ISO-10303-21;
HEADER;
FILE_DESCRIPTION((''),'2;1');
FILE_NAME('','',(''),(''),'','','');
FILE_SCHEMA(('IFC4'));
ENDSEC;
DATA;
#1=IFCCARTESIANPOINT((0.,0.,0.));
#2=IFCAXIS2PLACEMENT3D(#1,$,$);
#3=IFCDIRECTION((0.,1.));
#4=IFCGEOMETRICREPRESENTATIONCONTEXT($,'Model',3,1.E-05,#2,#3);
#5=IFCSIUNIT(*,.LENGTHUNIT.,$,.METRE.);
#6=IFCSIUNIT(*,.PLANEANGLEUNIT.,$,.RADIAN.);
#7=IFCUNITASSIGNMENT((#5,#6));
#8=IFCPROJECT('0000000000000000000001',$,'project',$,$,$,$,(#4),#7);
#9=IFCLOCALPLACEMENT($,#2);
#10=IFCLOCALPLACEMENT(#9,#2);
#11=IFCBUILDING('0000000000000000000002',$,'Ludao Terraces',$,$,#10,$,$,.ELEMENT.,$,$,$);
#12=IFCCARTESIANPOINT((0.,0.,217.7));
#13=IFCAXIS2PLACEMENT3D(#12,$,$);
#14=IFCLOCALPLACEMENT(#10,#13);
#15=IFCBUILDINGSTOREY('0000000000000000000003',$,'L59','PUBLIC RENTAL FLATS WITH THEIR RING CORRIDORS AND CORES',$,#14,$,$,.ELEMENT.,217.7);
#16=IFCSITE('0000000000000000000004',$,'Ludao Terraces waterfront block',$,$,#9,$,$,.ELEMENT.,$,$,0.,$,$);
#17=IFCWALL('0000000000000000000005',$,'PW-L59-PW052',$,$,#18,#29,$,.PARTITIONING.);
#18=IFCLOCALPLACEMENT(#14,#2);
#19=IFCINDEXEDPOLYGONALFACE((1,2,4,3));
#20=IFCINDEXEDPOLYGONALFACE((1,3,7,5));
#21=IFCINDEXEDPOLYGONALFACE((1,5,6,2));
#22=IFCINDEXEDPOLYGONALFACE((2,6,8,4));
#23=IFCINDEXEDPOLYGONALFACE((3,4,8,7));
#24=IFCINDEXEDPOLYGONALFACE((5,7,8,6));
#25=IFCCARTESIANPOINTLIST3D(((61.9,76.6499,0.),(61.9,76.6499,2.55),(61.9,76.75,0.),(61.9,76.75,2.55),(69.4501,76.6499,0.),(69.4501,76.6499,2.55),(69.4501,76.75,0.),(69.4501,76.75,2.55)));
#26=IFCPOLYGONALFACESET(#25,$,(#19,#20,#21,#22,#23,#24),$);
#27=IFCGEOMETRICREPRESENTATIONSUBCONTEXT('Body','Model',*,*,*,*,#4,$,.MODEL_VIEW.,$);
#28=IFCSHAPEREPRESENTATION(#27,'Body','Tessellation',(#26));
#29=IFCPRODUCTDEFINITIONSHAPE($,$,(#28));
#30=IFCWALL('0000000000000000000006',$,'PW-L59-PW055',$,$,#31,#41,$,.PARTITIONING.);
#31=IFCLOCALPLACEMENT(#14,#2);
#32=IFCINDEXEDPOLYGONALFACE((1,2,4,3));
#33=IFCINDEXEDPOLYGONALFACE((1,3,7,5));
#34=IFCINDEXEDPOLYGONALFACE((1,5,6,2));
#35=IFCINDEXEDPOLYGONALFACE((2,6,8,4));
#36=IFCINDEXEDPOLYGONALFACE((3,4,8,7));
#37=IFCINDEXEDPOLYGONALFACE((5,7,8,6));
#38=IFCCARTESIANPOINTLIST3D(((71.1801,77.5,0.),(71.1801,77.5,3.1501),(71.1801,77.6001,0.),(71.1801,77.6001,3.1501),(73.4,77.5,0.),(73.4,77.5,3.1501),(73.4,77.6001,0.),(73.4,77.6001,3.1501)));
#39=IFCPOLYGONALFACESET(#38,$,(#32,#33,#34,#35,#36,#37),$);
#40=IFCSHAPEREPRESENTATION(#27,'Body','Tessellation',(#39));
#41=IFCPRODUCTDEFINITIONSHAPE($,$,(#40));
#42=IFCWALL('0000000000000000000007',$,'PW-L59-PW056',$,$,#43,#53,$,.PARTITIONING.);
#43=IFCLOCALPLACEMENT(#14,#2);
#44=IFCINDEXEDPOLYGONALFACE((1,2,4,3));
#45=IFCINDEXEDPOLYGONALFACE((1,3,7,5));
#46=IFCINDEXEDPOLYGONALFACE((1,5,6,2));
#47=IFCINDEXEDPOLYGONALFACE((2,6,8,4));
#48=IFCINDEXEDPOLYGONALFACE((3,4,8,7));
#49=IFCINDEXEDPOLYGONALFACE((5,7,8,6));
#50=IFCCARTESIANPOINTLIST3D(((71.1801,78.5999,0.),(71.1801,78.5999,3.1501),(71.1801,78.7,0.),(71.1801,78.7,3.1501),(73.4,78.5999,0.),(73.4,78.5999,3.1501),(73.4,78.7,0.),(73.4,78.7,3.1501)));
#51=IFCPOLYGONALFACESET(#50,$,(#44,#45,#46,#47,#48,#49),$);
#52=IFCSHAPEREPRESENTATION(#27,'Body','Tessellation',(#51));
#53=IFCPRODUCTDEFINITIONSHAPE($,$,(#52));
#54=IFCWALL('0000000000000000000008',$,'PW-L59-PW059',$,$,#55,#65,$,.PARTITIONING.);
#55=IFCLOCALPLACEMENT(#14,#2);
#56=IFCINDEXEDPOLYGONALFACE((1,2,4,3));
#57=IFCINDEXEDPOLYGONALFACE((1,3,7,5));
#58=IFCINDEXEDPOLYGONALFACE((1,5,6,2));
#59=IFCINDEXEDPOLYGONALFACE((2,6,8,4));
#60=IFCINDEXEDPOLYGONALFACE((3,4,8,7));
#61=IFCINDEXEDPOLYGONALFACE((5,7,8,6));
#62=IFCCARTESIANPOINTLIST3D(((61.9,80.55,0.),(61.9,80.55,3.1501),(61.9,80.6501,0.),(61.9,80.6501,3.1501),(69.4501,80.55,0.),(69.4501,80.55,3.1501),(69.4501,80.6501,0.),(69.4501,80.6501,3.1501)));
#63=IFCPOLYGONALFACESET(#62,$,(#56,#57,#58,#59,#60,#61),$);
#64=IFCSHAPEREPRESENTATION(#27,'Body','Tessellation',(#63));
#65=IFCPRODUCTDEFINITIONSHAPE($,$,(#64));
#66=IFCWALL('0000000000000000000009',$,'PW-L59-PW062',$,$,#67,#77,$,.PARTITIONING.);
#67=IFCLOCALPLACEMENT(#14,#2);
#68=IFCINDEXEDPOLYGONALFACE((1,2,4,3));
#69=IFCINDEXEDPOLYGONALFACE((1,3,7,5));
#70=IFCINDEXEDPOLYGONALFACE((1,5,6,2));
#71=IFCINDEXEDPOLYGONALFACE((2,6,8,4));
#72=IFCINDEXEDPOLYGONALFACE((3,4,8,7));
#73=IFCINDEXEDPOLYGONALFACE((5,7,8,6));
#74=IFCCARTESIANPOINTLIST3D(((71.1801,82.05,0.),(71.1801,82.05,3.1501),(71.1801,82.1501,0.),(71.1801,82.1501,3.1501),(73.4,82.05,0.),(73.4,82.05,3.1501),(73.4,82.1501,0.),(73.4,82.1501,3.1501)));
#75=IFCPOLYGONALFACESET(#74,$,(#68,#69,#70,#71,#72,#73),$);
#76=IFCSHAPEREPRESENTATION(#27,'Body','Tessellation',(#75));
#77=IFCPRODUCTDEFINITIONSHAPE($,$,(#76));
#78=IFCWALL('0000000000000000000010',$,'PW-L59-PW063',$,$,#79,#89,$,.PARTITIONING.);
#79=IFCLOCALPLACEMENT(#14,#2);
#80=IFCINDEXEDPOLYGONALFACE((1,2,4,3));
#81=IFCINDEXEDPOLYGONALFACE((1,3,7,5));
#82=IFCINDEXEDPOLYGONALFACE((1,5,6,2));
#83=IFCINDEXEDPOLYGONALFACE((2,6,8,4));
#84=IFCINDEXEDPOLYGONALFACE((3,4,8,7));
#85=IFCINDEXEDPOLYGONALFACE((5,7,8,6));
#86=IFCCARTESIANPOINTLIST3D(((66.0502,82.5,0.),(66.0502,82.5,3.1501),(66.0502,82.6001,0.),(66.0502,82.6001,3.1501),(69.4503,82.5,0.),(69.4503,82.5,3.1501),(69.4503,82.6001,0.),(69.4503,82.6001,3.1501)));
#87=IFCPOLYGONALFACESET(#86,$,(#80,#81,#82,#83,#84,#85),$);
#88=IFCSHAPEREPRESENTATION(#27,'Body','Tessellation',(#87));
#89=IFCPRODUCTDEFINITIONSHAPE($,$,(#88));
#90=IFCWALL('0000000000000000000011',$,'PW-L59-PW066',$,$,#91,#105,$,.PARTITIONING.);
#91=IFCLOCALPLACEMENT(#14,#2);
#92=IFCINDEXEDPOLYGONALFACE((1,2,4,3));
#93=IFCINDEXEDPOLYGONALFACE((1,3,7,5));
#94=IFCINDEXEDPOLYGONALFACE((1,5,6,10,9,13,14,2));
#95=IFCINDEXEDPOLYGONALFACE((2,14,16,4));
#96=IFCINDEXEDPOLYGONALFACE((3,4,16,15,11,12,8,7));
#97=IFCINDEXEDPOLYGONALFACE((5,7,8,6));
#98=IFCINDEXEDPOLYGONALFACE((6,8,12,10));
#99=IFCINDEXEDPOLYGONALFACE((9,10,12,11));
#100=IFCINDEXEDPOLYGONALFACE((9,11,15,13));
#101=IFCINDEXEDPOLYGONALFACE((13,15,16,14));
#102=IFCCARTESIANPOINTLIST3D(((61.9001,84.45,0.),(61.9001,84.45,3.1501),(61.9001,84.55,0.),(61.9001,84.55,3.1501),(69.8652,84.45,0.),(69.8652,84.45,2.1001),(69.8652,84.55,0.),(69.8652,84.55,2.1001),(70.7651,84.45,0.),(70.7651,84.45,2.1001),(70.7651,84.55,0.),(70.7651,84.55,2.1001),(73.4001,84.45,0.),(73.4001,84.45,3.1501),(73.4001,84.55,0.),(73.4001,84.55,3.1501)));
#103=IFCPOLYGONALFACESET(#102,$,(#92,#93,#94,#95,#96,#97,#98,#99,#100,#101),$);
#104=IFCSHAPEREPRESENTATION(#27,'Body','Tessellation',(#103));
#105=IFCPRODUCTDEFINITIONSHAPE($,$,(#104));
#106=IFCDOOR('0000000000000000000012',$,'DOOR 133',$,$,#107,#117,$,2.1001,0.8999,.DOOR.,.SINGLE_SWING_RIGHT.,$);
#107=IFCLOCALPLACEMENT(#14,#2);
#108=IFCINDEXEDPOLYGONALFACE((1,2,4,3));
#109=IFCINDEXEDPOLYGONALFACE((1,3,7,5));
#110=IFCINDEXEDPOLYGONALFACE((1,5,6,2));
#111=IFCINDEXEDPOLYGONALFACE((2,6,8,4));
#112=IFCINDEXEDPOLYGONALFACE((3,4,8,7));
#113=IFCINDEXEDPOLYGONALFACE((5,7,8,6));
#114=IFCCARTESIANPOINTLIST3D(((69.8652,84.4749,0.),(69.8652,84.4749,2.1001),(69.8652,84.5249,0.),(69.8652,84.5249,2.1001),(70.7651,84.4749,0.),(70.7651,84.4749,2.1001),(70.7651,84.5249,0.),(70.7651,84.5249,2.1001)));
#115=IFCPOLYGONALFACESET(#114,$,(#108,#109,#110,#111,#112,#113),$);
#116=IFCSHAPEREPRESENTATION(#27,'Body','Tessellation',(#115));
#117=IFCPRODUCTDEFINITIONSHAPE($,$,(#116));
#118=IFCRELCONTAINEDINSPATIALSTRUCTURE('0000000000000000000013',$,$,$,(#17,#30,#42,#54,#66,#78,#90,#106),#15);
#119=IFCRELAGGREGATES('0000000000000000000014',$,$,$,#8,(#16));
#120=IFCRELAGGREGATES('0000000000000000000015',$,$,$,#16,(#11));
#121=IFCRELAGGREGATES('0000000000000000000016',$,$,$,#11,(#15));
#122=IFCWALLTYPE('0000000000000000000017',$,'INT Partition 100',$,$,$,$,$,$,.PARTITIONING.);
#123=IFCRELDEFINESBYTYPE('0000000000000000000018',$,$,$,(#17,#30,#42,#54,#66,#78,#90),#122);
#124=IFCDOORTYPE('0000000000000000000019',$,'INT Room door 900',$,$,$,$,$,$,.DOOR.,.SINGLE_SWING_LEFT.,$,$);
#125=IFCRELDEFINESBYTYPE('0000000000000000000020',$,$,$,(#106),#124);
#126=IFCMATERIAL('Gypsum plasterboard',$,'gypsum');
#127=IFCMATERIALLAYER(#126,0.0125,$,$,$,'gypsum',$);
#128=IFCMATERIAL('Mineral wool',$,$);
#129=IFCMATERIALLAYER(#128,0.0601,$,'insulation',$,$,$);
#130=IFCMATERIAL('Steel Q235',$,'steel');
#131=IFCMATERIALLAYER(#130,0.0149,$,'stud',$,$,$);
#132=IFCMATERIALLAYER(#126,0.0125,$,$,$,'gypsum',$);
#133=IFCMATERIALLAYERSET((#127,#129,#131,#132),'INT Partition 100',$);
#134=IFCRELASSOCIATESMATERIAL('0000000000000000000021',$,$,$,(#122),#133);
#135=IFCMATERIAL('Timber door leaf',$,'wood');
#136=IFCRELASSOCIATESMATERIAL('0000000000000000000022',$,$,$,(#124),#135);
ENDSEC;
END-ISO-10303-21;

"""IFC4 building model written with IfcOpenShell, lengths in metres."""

from ifc_helpers import new_model, si_unit, direction, frame, frame_2d, origin, place, context, subcontext, project, spatial, rectangle, extrude, material, layer, layer_set, type_object, element, fill, save


model = new_model("IFC4")

# Units and contexts
model_context = context("Model", 3, precision=1e-05, world=origin(), true_north=direction((0.0, 1.0)))
body_context = subcontext(model_context, "Body", "Model", "MODEL_VIEW")
ifc_project = project(units=[si_unit("LENGTHUNIT", "METRE"), si_unit("PLANEANGLEUNIT", "RADIAN")], contexts=[model_context])

# Site, building, storey
site_placement = place(None, origin())
site = spatial("IfcSite", under=ifc_project, at=site_placement, Name="Ludao Terraces waterfront block", CompositionType="ELEMENT", RefElevation=0.0)
building_placement = place(site_placement, origin())
building = spatial("IfcBuilding", under=site, at=building_placement, Name="Ludao Terraces", CompositionType="ELEMENT")
storey_placement = place(building_placement, frame((0.0, 0.0, 217.7)))
storey = spatial("IfcBuildingStorey", under=building, at=storey_placement, Name="L59", Description="PUBLIC RENTAL FLATS WITH THEIR RING CORRIDORS AND CORES", CompositionType="ELEMENT", Elevation=217.7)

# Shared definitions
ifc_material_1 = material(Name="Mineral wool")

# Walls
ifc_material_2 = material(Name="Gypsum plasterboard", Category="gypsum")
ifc_layer_1 = layer(ifc_material_2, 0.0125, Category="gypsum")
ifc_layer_2 = layer(ifc_material_1, 0.0601, Name="insulation")
ifc_material_3 = material(Name="Steel Q235", Category="steel")
ifc_layer_3 = layer(ifc_material_3, 0.0149, Name="stud")
ifc_layer_4 = layer(ifc_material_2, 0.0125, Category="gypsum")
ifc_layer_set_1 = layer_set([ifc_layer_1, ifc_layer_2, ifc_layer_3, ifc_layer_4], Name="INT Partition 100")
wall_type_1 = type_object("IfcWallType", Name="INT Partition 100", PredefinedType="PARTITIONING", material=ifc_layer_set_1)
wall_1_placement = place(storey_placement, frame((61.9001, 76.7, 0.0), z_axis=(0.0, 0.0, 1.0), x_axis=(1.0, 0.0, 0.0)))
element("IfcWall", 1, at=wall_1_placement, inside=storey, type_object=wall_type_1, Name="PW-L59-PW052", PredefinedType="PARTITIONING", context=body_context, shape_type="SweptSolid", body=[
    extrude(rectangle(XDim=7.55, YDim=0.1001, at=frame_2d((3.7749, 0.0))), origin(), (0.0, 0.0, 1.0), 2.55),
])
for number, where, z_axis, x_axis, name in (
    (2, (71.1802, 77.55, 0.0), (0.0, 0.0, 1.0), (1.0, 0.0, 0.0), "PW-L59-PW055"),
    (3, (71.1802, 78.6499, 0.0), (0.0, 0.0, 1.0), (1.0, 0.0, 0.0), "PW-L59-PW056"),
):
    element("IfcWall", number, at=place(storey_placement, frame(where, z_axis=z_axis, x_axis=x_axis)), inside=storey, type_object=wall_type_1, Name=name, PredefinedType="PARTITIONING", context=body_context, shape_type="SweptSolid", body=[
        extrude(rectangle(XDim=2.22, YDim=0.1001, at=frame_2d((1.1099, 0.0))), origin(), (0.0, 0.0, 1.0), 3.1501),
    ])
wall_2_placement = place(storey_placement, frame((61.9001, 80.6001, 0.0), z_axis=(0.0, 0.0, 1.0), x_axis=(1.0, 0.0, 0.0)))
element("IfcWall", 4, at=wall_2_placement, inside=storey, type_object=wall_type_1, Name="PW-L59-PW059", PredefinedType="PARTITIONING", context=body_context, shape_type="SweptSolid", body=[
    extrude(rectangle(XDim=7.55, YDim=0.1001, at=frame_2d((3.7749, 0.0))), origin(), (0.0, 0.0, 1.0), 3.1501),
])
wall_3_placement = place(storey_placement, frame((71.1802, 82.1001, 0.0), z_axis=(0.0, 0.0, 1.0), x_axis=(1.0, 0.0, 0.0)))
element("IfcWall", 5, at=wall_3_placement, inside=storey, type_object=wall_type_1, Name="PW-L59-PW062", PredefinedType="PARTITIONING", context=body_context, shape_type="SweptSolid", body=[
    extrude(rectangle(XDim=2.22, YDim=0.1001, at=frame_2d((1.1099, 0.0))), origin(), (0.0, 0.0, 1.0), 3.1501),
])
wall_4_placement = place(storey_placement, frame((66.05, 82.55, 0.0), z_axis=(0.0, 0.0, 1.0), x_axis=(1.0, 0.0, 0.0)))
element("IfcWall", 6, at=wall_4_placement, inside=storey, type_object=wall_type_1, Name="PW-L59-PW063", PredefinedType="PARTITIONING", context=body_context, shape_type="SweptSolid", body=[
    extrude(rectangle(XDim=3.4001, YDim=0.1001, at=frame_2d((1.7002, 0.0))), origin(), (0.0, 0.0, 1.0), 3.1501),
])

# Wall, opening, door
wall_5_placement = place(storey_placement, frame((61.9001, 84.5, 0.0), z_axis=(0.0, 0.0, 1.0), x_axis=(1.0, 0.0, 0.0)))
wall_5 = element("IfcWall", 7, at=wall_5_placement, inside=storey, type_object=wall_type_1, Name="PW-L59-PW066", PredefinedType="PARTITIONING", context=body_context, shape_type="SweptSolid", body=[
    extrude(rectangle(XDim=11.5, YDim=0.1001, at=frame_2d((5.75, 0.0))), origin(), (0.0, 0.0, 1.0), 3.1501),
])
opening_1_placement = place(wall_5_placement, frame((7.9651, 0.0, 0.0)))
opening_1 = element("IfcOpeningElement", 8, at=opening_1_placement, cuts=wall_5, PredefinedType="OPENING", context=body_context, shape_type="SweptSolid", body=[
    extrude(rectangle(XDim=0.8999, YDim=2.1001, at=frame_2d((0.45, 1.05))), frame((0.0, 0.0601, 0.0), z_axis=(0.0, -1.0, 0.0), x_axis=(1.0, 0.0, 0.0)), (0.0, 0.0, 1.0), 0.1201),
])
ifc_material_4 = material(Name="Timber door leaf", Category="wood")
door_type = type_object("IfcDoorType", Name="INT Room door 900", OperationType="SINGLE_SWING_LEFT", PredefinedType="DOOR", material=ifc_material_4)
door_placement = place(opening_1_placement, origin())
door = element("IfcDoor", 9, at=door_placement, inside=storey, type_object=door_type, Name="DOOR 133", OperationType="SINGLE_SWING_RIGHT", OverallHeight=2.1001, OverallWidth=0.8999, PredefinedType="DOOR", context=body_context, shape_type="SweptSolid", body=[
    extrude(rectangle(XDim=0.8999, YDim=2.1001, at=frame_2d((0.45, 1.05))), frame((0.0, 0.0249, 0.0), z_axis=(0.0, -1.0, 0.0), x_axis=(1.0, 0.0, 0.0)), (0.0, 0.0, 1.0), 0.05),
])
fill(opening_1, door)

save(model, "model.ifc")
